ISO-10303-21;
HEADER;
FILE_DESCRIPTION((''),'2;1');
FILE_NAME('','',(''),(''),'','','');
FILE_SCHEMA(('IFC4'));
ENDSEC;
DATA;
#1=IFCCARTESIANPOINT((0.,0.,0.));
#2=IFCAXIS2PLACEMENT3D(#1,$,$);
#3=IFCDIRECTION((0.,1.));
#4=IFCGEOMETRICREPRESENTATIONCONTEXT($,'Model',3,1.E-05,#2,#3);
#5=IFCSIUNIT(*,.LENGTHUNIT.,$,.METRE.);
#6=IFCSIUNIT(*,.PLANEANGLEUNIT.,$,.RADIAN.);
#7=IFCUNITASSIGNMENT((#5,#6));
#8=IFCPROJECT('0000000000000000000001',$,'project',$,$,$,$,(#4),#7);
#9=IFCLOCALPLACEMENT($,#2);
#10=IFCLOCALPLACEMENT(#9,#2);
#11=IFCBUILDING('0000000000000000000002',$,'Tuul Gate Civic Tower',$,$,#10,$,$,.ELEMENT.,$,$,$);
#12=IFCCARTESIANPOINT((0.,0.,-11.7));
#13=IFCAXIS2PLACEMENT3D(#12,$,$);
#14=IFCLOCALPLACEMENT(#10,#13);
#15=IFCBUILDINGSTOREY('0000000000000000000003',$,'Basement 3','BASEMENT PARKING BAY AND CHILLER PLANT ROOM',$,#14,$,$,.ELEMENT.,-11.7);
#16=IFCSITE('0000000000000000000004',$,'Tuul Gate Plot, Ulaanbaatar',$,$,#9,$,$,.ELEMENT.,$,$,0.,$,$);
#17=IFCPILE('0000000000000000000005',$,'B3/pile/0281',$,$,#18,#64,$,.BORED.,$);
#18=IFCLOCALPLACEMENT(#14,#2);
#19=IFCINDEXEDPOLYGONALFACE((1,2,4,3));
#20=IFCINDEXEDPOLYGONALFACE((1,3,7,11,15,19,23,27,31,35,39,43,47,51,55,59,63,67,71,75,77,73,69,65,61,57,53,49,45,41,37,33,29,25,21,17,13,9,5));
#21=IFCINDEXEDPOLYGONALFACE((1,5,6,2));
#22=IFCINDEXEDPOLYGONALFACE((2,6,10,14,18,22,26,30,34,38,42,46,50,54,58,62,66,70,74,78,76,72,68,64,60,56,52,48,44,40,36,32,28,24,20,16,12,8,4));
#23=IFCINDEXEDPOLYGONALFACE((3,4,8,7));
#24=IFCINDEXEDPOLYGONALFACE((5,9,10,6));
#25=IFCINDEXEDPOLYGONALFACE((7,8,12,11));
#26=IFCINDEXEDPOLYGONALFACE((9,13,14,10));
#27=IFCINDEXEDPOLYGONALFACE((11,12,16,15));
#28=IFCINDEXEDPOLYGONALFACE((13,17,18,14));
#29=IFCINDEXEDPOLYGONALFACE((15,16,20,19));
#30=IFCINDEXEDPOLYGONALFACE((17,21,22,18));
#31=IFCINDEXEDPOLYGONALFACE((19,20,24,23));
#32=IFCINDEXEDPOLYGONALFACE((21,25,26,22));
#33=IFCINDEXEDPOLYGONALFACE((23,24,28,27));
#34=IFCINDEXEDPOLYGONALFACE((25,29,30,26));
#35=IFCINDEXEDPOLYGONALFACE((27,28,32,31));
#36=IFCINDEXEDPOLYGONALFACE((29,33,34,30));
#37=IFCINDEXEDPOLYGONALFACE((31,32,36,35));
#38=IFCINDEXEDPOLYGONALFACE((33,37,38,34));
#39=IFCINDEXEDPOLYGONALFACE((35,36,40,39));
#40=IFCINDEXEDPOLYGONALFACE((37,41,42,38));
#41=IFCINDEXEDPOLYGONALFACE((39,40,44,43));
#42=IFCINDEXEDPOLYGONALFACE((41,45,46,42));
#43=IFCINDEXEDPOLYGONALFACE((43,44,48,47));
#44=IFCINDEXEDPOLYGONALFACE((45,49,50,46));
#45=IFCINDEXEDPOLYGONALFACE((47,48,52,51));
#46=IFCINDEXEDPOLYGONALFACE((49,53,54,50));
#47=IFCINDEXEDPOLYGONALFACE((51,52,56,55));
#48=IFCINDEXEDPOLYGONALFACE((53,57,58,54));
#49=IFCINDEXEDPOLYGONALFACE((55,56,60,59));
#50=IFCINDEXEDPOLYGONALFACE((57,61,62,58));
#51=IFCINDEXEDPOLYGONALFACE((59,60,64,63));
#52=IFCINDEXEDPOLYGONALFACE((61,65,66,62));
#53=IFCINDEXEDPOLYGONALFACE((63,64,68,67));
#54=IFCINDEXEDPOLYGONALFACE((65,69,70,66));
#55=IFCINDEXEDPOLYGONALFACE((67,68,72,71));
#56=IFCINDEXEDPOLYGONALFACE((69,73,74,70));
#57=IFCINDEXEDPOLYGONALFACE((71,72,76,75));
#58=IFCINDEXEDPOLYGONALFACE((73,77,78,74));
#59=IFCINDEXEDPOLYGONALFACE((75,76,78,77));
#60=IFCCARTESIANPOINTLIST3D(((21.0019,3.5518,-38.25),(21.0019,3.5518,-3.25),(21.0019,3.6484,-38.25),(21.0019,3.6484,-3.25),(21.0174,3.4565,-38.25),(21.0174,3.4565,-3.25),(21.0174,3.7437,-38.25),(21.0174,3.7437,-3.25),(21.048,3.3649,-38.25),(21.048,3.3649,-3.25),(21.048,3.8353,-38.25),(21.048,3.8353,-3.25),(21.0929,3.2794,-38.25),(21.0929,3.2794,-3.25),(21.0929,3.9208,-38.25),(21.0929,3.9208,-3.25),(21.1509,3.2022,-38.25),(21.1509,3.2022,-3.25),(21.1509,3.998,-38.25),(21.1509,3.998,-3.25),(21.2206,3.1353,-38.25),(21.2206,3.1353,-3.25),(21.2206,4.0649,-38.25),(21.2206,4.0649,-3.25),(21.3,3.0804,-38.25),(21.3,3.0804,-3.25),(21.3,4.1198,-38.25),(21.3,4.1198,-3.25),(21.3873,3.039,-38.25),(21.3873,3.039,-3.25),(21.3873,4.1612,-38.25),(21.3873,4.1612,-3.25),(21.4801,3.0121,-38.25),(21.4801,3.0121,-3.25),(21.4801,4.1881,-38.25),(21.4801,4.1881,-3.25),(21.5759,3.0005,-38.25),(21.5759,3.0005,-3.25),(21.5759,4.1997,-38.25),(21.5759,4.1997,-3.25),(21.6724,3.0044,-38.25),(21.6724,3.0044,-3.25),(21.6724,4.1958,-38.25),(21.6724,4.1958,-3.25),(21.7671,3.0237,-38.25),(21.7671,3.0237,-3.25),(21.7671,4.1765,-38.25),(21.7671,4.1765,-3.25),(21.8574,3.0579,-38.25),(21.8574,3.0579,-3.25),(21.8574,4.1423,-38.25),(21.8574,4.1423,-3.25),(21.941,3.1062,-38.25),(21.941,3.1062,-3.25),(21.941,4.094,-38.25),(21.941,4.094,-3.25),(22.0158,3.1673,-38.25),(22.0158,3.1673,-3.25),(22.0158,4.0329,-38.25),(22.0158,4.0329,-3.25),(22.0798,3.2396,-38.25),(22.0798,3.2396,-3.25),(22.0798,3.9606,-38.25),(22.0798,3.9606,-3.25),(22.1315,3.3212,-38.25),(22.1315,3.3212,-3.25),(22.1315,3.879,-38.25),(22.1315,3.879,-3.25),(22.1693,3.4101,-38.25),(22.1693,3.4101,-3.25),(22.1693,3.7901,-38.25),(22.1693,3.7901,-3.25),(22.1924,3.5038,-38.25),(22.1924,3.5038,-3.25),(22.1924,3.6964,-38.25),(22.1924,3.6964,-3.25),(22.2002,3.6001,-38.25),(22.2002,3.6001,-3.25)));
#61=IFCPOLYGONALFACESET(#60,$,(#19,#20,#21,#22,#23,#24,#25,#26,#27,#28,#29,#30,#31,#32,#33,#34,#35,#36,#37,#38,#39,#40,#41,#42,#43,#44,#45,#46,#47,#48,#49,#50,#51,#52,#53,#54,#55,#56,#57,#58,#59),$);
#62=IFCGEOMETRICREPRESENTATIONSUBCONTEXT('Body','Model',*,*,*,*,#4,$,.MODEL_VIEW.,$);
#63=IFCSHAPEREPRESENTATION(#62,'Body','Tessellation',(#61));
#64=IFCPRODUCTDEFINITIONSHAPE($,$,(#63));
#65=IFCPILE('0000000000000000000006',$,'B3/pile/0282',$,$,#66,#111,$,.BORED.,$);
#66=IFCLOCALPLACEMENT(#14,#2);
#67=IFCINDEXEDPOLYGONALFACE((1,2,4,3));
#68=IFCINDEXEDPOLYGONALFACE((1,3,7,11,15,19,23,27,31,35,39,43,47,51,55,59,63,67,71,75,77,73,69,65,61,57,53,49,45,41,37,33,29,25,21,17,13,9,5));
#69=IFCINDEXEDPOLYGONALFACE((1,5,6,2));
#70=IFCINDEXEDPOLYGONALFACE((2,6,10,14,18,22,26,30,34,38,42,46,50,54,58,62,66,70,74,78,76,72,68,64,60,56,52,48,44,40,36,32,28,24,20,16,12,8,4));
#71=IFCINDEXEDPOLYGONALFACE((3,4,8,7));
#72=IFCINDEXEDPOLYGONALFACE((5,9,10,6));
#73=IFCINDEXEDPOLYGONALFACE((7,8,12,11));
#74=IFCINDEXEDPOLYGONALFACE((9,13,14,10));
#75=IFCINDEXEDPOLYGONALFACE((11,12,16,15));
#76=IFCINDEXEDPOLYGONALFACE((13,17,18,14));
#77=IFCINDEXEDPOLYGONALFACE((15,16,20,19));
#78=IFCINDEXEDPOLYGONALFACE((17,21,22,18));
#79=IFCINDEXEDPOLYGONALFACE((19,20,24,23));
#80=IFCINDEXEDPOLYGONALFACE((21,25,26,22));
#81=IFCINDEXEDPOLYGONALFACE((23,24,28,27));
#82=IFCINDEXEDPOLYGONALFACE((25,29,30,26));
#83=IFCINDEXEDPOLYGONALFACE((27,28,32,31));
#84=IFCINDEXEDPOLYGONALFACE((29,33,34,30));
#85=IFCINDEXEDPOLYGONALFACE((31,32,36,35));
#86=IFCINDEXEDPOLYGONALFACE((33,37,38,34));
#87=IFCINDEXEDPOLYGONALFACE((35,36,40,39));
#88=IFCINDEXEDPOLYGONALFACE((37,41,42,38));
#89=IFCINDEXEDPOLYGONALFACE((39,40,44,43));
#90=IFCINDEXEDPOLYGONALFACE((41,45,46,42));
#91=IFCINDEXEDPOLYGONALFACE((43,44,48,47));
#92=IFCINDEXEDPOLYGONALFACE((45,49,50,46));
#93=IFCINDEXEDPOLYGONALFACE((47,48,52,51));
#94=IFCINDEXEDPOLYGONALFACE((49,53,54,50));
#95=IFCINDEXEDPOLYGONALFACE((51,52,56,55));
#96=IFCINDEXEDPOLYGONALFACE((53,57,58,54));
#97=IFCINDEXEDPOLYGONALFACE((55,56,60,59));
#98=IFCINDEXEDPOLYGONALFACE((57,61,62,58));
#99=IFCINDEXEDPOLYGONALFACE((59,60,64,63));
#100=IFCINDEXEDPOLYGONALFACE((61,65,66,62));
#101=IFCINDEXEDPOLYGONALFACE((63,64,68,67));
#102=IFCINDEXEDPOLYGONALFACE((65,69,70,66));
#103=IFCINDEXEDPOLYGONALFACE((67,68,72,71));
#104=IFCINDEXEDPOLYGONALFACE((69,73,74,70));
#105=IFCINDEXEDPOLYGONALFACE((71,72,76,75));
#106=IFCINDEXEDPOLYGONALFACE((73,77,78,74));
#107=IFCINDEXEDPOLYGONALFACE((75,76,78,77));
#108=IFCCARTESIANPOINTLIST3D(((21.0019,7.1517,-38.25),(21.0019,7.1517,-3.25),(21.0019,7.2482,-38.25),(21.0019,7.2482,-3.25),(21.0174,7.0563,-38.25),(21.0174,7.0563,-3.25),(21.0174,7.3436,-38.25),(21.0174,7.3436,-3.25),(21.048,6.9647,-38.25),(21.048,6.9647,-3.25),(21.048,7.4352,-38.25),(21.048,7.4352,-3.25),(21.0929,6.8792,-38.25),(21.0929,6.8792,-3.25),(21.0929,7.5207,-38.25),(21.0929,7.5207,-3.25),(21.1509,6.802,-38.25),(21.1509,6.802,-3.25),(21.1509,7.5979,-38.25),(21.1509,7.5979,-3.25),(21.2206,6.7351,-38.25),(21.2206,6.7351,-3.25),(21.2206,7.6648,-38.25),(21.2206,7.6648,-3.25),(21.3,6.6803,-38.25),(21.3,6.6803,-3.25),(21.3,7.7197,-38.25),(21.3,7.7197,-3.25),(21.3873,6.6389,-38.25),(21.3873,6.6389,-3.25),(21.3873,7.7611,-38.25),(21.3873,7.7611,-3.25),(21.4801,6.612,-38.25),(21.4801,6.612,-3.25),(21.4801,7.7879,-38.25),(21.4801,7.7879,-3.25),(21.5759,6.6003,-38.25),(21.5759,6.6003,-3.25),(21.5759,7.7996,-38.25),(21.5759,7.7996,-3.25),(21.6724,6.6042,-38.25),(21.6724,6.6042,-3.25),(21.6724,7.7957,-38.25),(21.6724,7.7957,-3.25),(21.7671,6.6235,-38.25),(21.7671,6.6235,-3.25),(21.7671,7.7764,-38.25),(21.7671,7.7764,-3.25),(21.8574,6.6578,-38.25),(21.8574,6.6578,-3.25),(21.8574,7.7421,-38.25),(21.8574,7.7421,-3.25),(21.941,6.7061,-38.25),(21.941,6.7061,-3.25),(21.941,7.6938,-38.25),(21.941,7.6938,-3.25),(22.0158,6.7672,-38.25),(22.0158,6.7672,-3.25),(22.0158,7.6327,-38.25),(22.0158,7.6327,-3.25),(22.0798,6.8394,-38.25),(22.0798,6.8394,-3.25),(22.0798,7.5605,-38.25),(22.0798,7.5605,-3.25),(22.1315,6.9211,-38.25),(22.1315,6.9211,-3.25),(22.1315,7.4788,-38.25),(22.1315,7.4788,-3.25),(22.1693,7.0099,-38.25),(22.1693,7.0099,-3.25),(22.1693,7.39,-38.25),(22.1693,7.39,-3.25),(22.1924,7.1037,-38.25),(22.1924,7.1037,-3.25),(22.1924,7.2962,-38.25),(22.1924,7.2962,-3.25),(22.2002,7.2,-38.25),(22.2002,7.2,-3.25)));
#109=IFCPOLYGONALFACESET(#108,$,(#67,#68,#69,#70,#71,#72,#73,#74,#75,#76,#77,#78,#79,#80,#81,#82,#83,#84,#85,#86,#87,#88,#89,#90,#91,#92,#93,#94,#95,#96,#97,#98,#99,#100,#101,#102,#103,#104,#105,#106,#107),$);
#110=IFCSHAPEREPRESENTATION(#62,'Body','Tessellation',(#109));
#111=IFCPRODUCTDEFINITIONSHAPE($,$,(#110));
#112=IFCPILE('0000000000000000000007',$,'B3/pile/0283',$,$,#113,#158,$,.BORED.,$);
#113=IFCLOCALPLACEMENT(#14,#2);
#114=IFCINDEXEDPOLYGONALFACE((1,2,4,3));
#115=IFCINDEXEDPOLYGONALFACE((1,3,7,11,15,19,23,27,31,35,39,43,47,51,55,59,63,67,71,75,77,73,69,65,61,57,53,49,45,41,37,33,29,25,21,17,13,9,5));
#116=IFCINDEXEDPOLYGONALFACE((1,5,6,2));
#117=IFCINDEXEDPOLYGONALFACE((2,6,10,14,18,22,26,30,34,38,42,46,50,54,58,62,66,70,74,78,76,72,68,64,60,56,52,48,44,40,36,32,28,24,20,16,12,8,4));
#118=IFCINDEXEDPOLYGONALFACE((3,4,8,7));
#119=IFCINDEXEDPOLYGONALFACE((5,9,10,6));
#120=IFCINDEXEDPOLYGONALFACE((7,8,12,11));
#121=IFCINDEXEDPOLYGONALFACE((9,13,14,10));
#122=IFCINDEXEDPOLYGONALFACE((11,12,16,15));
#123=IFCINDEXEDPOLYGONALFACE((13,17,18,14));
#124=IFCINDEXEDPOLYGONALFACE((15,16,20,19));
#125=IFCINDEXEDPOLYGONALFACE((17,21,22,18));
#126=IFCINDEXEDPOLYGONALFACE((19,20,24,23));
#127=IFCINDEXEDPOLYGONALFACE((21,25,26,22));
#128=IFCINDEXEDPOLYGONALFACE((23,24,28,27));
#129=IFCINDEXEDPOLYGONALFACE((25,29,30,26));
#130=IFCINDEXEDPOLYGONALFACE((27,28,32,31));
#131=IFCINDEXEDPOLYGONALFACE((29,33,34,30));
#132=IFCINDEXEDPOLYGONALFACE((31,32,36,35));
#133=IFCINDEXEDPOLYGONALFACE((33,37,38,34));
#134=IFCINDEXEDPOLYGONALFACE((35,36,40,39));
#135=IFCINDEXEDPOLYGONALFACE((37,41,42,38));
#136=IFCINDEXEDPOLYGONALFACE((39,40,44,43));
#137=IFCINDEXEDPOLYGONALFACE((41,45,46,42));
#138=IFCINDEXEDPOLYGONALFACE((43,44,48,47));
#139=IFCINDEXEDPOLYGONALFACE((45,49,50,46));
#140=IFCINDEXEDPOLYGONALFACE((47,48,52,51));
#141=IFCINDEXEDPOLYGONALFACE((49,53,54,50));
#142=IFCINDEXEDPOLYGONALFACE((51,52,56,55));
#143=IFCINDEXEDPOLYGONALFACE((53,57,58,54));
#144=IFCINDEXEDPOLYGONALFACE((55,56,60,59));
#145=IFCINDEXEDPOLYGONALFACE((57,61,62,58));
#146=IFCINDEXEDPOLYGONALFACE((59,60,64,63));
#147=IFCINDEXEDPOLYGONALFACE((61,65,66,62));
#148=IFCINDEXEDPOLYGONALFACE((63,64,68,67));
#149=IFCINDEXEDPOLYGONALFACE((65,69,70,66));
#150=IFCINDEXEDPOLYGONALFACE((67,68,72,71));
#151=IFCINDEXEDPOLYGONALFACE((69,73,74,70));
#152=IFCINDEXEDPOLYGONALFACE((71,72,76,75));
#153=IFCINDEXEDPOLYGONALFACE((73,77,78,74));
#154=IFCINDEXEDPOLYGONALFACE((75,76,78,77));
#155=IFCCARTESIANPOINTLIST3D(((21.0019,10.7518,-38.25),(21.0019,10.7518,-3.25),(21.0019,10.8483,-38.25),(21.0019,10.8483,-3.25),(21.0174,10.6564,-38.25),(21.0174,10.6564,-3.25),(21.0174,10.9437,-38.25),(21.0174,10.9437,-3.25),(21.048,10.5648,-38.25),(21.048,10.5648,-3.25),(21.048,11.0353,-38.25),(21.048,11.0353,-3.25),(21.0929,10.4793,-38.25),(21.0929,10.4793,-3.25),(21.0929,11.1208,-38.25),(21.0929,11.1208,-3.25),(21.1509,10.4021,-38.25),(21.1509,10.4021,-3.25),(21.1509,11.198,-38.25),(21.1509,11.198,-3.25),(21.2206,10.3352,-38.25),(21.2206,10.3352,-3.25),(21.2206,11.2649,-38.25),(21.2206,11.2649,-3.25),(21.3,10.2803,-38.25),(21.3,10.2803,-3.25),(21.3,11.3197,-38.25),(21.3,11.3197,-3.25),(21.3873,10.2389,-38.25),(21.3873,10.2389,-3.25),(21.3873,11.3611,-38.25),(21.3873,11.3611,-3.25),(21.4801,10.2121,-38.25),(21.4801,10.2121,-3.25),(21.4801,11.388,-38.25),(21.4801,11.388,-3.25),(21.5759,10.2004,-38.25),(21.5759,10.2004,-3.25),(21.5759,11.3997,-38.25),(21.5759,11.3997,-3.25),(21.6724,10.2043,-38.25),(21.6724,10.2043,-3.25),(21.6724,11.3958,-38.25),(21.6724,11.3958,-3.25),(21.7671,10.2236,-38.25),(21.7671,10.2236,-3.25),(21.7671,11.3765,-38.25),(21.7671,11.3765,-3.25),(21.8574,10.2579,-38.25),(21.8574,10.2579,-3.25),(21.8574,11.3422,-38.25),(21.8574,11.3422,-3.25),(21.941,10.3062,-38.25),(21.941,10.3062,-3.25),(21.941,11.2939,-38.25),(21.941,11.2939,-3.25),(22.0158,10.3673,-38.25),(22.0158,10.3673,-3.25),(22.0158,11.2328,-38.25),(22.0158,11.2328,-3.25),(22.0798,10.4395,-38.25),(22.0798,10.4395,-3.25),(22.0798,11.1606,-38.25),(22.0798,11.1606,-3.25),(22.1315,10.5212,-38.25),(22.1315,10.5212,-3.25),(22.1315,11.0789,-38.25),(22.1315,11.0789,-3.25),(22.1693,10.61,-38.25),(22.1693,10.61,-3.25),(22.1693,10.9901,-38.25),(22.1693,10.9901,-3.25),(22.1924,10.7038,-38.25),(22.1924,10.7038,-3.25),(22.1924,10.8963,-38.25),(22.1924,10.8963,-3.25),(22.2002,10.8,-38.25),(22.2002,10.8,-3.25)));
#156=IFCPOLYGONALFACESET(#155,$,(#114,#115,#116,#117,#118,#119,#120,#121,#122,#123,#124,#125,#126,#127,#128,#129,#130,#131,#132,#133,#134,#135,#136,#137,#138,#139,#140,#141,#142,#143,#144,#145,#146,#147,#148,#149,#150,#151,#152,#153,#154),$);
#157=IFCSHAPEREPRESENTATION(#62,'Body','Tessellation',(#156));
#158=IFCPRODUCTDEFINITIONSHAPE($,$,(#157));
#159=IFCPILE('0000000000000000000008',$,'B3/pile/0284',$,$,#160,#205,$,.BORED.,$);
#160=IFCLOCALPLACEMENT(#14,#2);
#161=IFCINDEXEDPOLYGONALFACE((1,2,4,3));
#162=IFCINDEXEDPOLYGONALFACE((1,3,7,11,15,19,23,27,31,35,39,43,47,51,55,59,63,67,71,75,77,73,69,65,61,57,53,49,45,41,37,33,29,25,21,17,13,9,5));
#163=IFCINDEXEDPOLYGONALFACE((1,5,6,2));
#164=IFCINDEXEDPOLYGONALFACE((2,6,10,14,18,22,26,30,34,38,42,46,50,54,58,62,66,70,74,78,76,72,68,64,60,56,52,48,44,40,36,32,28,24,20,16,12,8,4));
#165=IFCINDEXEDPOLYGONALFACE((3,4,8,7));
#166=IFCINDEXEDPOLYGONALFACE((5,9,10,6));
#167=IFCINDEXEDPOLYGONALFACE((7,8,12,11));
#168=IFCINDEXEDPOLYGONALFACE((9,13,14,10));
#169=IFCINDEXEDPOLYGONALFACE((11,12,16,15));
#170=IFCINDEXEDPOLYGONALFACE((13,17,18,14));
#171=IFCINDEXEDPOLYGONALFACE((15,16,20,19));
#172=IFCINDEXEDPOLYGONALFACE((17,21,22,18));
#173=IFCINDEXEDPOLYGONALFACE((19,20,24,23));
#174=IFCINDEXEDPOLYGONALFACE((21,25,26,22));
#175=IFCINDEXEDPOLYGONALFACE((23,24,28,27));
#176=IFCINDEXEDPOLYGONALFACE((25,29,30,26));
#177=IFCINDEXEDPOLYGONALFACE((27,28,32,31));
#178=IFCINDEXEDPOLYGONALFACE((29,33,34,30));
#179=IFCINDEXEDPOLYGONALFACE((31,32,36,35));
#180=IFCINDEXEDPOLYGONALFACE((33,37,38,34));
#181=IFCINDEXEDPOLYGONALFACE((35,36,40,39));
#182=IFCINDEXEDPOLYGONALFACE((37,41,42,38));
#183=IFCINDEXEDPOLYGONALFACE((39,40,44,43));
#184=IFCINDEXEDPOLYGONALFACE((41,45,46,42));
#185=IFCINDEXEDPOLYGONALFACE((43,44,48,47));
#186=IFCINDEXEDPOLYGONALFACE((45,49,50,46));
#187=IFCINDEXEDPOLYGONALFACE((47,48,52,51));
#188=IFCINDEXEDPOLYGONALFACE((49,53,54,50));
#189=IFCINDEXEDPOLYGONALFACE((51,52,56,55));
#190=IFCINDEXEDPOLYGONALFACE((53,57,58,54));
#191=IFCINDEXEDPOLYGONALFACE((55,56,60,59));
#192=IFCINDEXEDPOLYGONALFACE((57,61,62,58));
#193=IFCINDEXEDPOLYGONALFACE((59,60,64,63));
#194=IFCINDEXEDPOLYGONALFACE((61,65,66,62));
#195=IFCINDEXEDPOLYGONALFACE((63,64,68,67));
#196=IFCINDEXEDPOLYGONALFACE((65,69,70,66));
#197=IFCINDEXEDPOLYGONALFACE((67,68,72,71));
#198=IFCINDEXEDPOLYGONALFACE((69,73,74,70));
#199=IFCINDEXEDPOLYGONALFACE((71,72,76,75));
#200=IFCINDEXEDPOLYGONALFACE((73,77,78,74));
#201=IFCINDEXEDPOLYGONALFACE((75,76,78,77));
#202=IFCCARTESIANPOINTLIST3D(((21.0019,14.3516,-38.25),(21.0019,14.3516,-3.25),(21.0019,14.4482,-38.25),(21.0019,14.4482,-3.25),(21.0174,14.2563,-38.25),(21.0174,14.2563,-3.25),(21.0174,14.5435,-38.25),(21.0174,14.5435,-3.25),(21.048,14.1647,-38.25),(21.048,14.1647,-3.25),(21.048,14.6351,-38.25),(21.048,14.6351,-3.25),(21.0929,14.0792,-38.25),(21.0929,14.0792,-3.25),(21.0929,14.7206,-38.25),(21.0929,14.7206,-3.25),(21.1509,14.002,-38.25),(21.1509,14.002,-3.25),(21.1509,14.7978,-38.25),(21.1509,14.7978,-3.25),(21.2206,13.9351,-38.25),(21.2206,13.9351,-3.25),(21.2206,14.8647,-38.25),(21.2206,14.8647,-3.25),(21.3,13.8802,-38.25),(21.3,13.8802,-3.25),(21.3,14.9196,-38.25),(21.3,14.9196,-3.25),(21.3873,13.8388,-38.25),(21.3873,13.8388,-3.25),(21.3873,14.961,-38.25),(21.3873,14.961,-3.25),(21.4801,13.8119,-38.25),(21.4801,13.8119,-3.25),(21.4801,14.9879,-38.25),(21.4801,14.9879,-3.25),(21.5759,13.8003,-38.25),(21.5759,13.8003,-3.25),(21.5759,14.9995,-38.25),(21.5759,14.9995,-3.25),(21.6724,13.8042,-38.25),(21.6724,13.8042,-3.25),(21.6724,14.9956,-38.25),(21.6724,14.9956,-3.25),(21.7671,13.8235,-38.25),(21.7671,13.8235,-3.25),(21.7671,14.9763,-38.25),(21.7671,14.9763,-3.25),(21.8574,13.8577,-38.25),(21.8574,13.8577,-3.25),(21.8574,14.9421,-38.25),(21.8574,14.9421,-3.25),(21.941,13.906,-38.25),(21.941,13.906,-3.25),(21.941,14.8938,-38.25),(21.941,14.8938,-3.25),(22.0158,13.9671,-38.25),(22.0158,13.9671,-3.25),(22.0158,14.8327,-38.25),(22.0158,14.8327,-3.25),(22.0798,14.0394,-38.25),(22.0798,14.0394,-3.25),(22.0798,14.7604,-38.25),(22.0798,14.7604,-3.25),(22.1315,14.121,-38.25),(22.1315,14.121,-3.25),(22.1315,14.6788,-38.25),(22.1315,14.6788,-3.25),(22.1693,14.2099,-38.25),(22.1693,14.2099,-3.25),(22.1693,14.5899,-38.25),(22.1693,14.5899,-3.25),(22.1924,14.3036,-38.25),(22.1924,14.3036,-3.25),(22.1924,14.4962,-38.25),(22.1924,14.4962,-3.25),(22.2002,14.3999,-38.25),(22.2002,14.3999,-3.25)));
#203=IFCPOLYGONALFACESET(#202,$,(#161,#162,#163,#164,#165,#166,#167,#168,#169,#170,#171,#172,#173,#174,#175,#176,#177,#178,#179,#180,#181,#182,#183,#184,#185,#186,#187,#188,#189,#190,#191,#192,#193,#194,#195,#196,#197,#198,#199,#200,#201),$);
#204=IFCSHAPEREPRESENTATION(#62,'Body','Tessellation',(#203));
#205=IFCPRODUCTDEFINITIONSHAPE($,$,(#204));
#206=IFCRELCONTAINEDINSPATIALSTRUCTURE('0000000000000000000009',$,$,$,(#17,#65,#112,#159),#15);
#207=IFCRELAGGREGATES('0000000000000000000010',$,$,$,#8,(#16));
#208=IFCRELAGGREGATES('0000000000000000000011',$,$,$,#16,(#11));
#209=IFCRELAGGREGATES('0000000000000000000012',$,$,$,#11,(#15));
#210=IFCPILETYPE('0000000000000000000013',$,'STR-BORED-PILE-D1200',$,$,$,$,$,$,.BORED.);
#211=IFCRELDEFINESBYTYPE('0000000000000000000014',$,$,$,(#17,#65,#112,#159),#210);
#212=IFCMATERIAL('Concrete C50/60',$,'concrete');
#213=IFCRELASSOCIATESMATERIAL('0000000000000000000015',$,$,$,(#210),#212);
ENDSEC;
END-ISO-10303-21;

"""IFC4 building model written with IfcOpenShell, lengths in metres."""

from ifc_helpers import new_model, si_unit, direction, frame, origin, origin_2d, place, context, subcontext, project, spatial, circle, extrude, material, material_profile, profile_set, type_object, element, save


model = new_model("IFC4")

# Units and contexts
model_context = context("Model", 3, precision=1e-05, world=origin(), true_north=direction((0.0, 1.0)))
body_context = subcontext(model_context, "Body", "Model", "MODEL_VIEW")
ifc_project = project(units=[si_unit("LENGTHUNIT", "METRE"), si_unit("PLANEANGLEUNIT", "RADIAN")], contexts=[model_context])

# Site, building, storey
site_placement = place(None, origin())
site = spatial("IfcSite", under=ifc_project, at=site_placement, Name="Tuul Gate Plot, Ulaanbaatar", CompositionType="ELEMENT", RefElevation=0.0)
building_placement = place(site_placement, origin())
building = spatial("IfcBuilding", under=site, at=building_placement, Name="Tuul Gate Civic Tower", CompositionType="ELEMENT")
storey_placement = place(building_placement, frame((0.0, 0.0, -11.7)))
storey = spatial("IfcBuildingStorey", under=building, at=storey_placement, Name="Basement 3", Description="BASEMENT PARKING BAY AND CHILLER PLANT ROOM", CompositionType="ELEMENT", Elevation=-11.7)

# Piles
ifc_material_1 = material(Name="Concrete C50/60", Category="concrete")
ifc_material_profile_1 = material_profile(ifc_material_1, circle(Radius=0.6001, at=origin_2d()), Name="PILE1200")
ifc_profile_set_1 = profile_set([ifc_material_profile_1], Name="Concrete C50/60")
pile_type = type_object("IfcPileType", Name="STR-BORED-PILE-D1200", PredefinedType="BORED", material=ifc_profile_set_1)
for number, where, z_axis, x_axis, name in (
    (1, (21.6001, 3.6001, -3.25), (0.0, 0.0, -1.0), (1.0, 0.0, 0.0), "B3/pile/0281"),
    (2, (21.6001, 7.2, -3.25), (0.0, 0.0, -1.0), (1.0, 0.0, 0.0), "B3/pile/0282"),
    (3, (21.6001, 10.8, -3.25), (0.0, 0.0, -1.0), (1.0, 0.0, 0.0), "B3/pile/0283"),
    (4, (21.6001, 14.3999, -3.25), (0.0, 0.0, -1.0), (1.0, 0.0, 0.0), "B3/pile/0284"),
):
    element("IfcPile", number, at=place(storey_placement, frame(where, z_axis=z_axis, x_axis=x_axis)), inside=storey, type_object=pile_type, Name=name, PredefinedType="BORED", context=body_context, shape_type="SweptSolid", body=[
        extrude(circle(Radius=0.6001, at=origin_2d()), origin(), (0.0, 0.0, 1.0), 35.0),
    ])

save(model, "model.ifc")
